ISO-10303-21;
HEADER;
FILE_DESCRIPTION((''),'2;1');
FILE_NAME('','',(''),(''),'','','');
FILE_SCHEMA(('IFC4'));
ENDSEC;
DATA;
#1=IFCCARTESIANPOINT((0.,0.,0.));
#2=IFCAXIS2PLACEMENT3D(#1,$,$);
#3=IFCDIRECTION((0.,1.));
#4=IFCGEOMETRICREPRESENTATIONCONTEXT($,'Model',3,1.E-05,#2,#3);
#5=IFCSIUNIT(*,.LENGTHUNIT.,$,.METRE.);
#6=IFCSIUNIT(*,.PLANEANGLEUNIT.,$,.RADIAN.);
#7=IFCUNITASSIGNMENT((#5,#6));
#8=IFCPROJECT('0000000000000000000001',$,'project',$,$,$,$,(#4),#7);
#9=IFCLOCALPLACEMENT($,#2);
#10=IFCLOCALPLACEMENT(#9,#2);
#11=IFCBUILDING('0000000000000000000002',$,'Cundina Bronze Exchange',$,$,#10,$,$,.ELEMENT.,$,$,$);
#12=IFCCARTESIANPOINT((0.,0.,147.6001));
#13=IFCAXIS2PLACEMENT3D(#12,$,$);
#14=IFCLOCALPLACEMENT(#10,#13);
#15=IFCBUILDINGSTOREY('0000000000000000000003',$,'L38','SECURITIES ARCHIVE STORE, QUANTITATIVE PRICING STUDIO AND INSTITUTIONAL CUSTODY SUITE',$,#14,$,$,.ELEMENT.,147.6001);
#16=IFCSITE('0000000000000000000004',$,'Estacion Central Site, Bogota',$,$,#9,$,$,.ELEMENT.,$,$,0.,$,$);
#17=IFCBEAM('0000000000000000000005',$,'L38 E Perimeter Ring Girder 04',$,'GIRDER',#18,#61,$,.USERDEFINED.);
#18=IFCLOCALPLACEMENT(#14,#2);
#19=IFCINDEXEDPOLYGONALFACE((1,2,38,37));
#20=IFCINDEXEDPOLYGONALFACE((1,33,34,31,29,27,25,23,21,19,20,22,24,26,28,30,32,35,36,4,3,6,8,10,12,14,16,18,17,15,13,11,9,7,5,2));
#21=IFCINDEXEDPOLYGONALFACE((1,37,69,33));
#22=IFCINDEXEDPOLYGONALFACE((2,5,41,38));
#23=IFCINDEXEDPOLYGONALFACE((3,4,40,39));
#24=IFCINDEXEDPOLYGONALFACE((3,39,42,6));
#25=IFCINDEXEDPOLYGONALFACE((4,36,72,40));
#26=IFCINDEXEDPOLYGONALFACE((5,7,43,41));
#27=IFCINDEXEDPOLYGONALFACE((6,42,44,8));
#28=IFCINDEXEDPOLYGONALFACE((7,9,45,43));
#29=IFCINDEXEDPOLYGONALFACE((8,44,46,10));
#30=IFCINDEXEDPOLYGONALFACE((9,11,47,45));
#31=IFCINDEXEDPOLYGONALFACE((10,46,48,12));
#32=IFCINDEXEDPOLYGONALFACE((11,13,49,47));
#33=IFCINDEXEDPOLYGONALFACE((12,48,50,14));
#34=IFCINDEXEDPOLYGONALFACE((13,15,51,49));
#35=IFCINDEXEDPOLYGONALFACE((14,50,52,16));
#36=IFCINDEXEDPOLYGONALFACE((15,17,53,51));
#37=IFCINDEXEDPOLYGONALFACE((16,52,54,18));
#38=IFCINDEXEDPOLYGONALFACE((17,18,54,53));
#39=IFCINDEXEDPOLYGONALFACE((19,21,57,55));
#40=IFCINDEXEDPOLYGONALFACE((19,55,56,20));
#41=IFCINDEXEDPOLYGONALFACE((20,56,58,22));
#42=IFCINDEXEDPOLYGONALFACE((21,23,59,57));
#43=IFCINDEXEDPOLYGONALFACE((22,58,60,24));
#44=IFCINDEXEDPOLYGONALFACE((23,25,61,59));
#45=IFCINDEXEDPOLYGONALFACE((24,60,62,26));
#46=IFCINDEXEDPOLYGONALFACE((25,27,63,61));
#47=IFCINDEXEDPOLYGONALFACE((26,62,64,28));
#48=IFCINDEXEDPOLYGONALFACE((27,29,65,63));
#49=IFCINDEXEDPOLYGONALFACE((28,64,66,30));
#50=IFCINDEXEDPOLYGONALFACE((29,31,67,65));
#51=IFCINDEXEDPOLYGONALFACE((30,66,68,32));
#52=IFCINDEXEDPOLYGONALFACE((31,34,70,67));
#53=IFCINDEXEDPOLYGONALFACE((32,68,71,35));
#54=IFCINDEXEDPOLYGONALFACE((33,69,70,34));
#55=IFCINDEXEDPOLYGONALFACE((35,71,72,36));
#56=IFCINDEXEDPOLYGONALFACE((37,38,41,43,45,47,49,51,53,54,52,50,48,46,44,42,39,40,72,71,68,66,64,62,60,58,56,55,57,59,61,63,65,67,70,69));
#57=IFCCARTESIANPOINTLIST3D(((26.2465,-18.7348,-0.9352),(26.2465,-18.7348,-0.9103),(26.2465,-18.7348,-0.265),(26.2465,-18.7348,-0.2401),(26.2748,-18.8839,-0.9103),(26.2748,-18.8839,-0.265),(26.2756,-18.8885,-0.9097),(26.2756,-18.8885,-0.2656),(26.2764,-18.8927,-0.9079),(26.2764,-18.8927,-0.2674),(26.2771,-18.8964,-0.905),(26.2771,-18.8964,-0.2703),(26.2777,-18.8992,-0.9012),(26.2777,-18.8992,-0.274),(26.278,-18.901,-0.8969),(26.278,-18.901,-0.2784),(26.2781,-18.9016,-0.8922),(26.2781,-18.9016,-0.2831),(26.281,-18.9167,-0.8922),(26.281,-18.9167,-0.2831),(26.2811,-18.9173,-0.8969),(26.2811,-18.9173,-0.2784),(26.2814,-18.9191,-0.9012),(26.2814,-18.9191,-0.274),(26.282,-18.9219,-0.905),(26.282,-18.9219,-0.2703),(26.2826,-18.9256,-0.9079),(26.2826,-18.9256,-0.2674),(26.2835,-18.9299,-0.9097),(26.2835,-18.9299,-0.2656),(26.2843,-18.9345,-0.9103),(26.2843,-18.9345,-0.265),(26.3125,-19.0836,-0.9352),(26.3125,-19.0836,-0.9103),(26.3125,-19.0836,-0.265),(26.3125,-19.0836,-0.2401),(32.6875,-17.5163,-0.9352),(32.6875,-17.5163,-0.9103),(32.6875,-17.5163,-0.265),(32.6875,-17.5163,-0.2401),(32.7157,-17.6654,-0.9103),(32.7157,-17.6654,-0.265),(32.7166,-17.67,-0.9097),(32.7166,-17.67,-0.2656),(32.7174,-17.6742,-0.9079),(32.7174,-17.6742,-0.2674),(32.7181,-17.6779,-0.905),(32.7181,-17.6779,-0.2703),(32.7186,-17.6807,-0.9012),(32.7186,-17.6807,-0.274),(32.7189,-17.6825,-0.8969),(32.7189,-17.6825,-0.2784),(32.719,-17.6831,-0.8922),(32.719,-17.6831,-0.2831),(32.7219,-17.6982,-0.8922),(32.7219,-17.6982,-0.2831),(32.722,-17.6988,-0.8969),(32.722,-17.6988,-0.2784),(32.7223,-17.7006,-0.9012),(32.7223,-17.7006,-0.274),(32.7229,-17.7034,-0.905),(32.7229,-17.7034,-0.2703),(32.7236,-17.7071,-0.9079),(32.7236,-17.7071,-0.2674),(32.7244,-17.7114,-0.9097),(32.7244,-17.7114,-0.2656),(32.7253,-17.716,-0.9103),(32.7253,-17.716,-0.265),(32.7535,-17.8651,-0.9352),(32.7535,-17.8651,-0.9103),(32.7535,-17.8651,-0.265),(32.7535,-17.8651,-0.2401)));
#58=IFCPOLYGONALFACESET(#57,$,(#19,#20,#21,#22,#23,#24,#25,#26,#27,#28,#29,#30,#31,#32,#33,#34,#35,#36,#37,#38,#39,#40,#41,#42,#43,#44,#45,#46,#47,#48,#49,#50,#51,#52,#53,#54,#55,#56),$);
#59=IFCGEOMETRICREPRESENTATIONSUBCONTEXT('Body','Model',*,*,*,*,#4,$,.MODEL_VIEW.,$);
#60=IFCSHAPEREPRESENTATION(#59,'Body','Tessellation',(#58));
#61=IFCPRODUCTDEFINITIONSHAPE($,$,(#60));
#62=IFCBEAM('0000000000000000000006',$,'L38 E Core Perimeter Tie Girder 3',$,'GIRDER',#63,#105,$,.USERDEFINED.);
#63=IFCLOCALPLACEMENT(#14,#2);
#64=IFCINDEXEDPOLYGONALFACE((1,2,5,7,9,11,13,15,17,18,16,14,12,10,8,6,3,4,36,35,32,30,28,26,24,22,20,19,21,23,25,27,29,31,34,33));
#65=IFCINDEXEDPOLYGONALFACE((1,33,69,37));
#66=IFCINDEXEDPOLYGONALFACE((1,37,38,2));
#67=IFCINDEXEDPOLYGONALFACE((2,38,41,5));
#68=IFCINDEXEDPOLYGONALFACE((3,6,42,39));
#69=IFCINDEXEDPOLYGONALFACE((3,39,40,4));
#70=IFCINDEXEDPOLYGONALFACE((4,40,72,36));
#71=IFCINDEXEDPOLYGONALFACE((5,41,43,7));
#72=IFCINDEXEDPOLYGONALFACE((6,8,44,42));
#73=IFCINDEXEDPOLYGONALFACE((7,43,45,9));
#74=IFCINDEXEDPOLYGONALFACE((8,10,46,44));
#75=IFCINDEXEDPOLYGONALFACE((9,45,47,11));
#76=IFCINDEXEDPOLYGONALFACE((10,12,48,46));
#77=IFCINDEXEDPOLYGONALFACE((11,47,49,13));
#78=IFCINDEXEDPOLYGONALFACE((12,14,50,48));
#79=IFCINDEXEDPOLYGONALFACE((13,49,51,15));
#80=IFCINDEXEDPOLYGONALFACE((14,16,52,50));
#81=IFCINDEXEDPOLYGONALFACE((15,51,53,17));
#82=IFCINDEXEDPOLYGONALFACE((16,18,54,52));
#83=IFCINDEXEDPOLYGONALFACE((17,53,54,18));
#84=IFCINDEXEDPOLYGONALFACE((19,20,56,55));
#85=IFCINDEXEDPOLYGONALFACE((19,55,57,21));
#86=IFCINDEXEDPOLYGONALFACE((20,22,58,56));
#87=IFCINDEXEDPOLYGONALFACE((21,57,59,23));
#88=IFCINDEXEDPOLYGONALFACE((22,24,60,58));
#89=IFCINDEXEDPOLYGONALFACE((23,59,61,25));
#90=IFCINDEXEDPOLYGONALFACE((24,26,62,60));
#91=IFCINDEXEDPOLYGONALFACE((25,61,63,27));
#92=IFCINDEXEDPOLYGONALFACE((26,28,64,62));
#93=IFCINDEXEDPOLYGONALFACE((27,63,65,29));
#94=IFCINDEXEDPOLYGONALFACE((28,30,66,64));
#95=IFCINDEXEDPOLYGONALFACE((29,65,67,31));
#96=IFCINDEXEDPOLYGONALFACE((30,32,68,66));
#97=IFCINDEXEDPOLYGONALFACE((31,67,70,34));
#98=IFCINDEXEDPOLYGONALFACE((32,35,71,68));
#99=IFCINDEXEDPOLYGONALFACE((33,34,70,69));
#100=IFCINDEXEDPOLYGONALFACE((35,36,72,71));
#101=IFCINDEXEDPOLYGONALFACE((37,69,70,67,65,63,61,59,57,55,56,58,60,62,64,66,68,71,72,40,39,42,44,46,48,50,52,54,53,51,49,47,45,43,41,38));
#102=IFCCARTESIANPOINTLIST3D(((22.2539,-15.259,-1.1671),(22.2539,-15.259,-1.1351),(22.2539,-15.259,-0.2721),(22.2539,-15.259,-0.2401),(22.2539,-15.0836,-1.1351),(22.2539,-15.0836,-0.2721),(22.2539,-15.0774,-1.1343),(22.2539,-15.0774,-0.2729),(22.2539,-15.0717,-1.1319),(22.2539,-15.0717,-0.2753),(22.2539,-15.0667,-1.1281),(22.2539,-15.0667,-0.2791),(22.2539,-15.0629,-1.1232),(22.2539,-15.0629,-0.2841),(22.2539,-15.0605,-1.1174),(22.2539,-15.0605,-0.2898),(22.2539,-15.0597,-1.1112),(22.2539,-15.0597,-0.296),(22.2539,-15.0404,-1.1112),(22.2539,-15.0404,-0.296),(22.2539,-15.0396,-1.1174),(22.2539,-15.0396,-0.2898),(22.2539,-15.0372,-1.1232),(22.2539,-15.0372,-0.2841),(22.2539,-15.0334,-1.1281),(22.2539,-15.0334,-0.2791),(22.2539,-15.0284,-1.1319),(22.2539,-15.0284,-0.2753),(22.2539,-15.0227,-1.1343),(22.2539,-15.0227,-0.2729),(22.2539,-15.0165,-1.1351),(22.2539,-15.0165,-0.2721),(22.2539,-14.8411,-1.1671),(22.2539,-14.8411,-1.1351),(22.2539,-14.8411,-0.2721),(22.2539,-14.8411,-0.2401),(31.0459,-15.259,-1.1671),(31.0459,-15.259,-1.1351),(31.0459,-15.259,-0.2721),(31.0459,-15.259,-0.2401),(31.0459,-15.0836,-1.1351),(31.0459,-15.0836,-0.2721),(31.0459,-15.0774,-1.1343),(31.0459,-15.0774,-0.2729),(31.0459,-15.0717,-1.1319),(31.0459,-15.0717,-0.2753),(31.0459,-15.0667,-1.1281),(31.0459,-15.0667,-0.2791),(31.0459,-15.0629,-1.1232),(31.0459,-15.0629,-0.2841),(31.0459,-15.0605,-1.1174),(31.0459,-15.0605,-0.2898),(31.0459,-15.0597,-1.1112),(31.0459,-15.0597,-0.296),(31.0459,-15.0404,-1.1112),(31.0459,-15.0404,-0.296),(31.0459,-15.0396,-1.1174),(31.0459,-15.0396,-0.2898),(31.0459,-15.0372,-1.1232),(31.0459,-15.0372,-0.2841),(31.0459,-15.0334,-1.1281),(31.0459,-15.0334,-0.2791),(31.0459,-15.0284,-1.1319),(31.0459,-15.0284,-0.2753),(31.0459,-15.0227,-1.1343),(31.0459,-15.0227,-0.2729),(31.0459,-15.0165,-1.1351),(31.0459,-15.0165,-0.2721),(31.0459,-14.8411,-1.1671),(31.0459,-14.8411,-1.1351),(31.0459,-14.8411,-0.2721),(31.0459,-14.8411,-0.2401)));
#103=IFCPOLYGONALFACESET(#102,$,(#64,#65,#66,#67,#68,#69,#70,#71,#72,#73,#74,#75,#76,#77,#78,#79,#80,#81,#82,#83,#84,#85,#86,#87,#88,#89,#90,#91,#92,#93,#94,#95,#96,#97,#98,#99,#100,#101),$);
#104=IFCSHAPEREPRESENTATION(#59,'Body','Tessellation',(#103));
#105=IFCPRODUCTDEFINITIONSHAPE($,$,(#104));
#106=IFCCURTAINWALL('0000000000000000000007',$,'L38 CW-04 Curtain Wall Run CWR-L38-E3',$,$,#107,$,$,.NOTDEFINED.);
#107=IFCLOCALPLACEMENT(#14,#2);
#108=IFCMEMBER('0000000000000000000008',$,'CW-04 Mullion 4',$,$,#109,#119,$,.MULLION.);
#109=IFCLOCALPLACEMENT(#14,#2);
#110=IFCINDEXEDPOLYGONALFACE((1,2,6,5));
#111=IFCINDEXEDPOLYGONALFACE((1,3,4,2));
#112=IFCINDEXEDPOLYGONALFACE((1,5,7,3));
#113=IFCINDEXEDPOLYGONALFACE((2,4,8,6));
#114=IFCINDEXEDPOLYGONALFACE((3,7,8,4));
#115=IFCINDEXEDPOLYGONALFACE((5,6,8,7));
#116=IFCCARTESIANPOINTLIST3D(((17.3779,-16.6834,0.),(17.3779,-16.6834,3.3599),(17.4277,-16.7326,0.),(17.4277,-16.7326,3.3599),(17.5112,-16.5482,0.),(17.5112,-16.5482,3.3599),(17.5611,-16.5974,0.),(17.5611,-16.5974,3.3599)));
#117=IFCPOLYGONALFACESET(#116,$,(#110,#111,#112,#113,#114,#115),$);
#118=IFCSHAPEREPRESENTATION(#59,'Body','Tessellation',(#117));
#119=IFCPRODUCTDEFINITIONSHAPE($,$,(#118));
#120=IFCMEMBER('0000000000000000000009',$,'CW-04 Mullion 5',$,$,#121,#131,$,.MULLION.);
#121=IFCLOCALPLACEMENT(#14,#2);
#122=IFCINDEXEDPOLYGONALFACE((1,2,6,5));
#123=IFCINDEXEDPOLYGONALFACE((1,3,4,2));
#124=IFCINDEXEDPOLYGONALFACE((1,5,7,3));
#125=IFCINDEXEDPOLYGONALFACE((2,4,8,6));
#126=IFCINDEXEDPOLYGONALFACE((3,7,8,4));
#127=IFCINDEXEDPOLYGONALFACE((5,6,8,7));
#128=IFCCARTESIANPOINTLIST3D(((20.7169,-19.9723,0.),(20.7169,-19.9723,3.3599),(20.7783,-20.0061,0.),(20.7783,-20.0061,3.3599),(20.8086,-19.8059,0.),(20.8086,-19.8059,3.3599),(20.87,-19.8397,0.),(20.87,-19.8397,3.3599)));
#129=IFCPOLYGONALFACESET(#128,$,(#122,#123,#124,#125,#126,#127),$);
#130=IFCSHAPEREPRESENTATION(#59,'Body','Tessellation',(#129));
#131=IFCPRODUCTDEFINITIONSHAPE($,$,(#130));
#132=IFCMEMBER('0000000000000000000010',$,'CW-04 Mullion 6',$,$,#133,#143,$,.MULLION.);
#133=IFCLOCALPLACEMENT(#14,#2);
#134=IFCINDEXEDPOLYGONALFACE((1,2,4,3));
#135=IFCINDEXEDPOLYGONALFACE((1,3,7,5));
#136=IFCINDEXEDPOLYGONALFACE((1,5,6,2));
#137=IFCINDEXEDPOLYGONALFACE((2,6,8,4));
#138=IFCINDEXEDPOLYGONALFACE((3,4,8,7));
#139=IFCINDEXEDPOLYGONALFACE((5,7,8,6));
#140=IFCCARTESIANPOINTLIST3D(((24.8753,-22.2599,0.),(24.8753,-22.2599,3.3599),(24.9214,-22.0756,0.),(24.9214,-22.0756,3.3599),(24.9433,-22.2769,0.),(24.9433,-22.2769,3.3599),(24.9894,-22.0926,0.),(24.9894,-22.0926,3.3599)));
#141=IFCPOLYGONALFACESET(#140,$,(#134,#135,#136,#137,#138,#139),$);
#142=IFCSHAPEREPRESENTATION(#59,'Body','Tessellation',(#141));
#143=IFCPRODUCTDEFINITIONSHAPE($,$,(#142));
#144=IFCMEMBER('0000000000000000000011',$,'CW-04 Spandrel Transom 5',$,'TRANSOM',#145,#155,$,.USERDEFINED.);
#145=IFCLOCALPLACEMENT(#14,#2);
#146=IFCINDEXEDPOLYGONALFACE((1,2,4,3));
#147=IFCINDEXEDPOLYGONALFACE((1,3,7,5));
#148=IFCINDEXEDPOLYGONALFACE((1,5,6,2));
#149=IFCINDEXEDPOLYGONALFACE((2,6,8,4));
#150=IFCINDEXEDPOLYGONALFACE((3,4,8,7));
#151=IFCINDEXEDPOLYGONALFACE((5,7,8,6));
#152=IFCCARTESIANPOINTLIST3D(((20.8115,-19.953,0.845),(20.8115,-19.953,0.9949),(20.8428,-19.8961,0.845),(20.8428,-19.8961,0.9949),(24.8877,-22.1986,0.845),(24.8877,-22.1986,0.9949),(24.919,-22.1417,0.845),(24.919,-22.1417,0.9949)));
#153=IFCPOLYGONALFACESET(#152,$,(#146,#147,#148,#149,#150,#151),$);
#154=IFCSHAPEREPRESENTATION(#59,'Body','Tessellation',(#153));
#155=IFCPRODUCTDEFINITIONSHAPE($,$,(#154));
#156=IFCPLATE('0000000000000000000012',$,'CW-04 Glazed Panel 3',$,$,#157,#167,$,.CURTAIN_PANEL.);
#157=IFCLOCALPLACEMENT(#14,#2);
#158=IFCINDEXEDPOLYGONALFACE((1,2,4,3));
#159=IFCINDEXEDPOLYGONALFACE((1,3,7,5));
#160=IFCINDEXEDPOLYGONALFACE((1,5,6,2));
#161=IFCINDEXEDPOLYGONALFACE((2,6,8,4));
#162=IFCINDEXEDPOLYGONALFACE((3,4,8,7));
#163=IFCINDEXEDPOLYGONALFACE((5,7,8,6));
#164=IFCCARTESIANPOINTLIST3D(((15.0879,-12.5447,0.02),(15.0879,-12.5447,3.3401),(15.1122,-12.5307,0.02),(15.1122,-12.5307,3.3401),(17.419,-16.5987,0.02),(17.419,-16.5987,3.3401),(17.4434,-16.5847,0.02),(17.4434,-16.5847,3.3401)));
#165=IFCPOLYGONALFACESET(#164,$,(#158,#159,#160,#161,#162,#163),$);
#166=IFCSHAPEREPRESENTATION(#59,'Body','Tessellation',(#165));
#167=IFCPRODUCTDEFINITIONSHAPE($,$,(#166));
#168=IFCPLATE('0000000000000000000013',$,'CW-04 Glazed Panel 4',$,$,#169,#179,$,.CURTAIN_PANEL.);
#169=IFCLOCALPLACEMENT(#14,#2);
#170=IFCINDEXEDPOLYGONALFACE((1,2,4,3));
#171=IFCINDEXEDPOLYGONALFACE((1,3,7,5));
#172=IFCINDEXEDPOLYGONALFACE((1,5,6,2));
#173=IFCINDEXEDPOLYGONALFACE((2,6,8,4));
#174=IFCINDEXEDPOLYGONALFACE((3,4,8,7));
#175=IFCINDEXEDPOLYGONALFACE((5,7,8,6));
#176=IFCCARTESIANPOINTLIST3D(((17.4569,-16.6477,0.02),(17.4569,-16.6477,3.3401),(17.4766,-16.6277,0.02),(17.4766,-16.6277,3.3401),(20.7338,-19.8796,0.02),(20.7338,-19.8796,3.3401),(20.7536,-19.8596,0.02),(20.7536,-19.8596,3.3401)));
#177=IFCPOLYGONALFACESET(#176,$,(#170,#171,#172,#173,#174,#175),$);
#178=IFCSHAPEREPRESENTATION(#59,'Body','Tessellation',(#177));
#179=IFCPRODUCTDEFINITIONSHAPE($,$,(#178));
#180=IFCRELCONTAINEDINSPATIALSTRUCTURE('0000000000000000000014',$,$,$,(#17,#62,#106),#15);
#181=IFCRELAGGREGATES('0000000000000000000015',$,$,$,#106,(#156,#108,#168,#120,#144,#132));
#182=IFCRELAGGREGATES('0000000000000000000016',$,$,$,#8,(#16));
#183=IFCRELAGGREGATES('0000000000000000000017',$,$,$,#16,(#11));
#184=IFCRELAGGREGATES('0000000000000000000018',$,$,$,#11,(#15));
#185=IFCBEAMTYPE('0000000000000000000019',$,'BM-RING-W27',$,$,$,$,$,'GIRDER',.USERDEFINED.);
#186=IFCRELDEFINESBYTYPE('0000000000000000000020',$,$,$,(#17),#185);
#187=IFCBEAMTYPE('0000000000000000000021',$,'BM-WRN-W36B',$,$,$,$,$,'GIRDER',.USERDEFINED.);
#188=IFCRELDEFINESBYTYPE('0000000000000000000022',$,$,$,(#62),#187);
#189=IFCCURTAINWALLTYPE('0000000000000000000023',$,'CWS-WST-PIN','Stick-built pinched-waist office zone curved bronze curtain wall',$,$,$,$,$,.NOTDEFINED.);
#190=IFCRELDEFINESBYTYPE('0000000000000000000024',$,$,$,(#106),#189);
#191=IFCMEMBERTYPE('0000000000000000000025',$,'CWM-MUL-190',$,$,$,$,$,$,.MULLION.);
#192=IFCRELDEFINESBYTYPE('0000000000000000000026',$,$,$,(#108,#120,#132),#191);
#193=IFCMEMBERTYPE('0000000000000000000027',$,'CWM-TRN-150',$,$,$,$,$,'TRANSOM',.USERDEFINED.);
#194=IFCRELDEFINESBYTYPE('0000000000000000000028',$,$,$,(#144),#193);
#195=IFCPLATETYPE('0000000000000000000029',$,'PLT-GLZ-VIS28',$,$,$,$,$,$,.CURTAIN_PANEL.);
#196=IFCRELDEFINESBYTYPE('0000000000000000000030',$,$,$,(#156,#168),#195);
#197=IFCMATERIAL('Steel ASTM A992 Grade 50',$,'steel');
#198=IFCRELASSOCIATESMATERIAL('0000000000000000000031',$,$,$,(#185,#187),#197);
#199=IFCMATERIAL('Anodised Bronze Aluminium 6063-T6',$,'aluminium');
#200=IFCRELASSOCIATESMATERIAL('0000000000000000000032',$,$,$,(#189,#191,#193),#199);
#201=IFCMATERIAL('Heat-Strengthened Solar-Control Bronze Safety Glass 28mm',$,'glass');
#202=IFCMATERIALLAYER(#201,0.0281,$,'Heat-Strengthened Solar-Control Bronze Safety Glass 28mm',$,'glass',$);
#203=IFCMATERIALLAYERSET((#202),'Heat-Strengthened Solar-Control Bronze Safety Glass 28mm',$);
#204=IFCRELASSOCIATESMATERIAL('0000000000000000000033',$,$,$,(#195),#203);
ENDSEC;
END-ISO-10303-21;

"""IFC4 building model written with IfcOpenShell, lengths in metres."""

from ifc_helpers import new_model, si_unit, direction, frame, origin, origin_2d, place, context, subcontext, project, spatial, rectangle, i_section, extrude, material, layer, layer_set, material_profile, profile_set, type_object, element, aggregate, save


model = new_model("IFC4")

# Units and contexts
model_context = context("Model", 3, precision=1e-05, world=origin(), true_north=direction((0.0, 1.0)))
body_context = subcontext(model_context, "Body", "Model", "MODEL_VIEW")
ifc_project = project(units=[si_unit("LENGTHUNIT", "METRE"), si_unit("PLANEANGLEUNIT", "RADIAN")], contexts=[model_context])

# Site, building, storey
site_placement = place(None, origin())
site = spatial("IfcSite", under=ifc_project, at=site_placement, Name="Estacion Central Site, Bogota", CompositionType="ELEMENT", RefElevation=0.0)
building_placement = place(site_placement, origin())
building = spatial("IfcBuilding", under=site, at=building_placement, Name="Cundina Bronze Exchange", CompositionType="ELEMENT")
storey_placement = place(building_placement, frame((0.0, 0.0, 147.6001)))
storey = spatial("IfcBuildingStorey", under=building, at=storey_placement, Name="L38", Description="SECURITIES ARCHIVE STORE, QUANTITATIVE PRICING STUDIO AND INSTITUTIONAL CUSTODY SUITE", CompositionType="ELEMENT", Elevation=147.6001)

# Shared definitions
ifc_material_1 = material(Name="Steel ASTM A992 Grade 50", Category="steel")

# Beams
ifc_material_profile_1 = material_profile(ifc_material_1, i_section(OverallWidth=0.355, OverallDepth=0.6951, WebThickness=0.0154, FlangeThickness=0.0249, FilletRadius=0.0181, at=origin_2d()), Name="W27X146", Category="steel")
ifc_profile_set_1 = profile_set([ifc_material_profile_1], Name="Steel ASTM A992 Grade 50")
beam_type_1 = type_object("IfcBeamType", Name="BM-RING-W27", ElementType="GIRDER", PredefinedType="USERDEFINED", material=ifc_profile_set_1)
beam_1_placement = place(storey_placement, frame((26.2795, -18.9092, -0.5876), z_axis=(0.982572, 0.185885, 0.0), x_axis=(-0.185885, 0.982572, 0.0)))
element("IfcBeam", 1, at=beam_1_placement, inside=storey, type_object=beam_type_1, Name="L38 E Perimeter Ring Girder 04", ObjectType="GIRDER", PredefinedType="USERDEFINED", context=body_context, shape_type="SweptSolid", body=[
    extrude(i_section(OverallWidth=0.355, OverallDepth=0.6951, WebThickness=0.0154, FlangeThickness=0.0249, FilletRadius=0.0181, at=origin_2d()), origin(), (0.0, 0.0, 1.0), 6.5552),
])
ifc_material_profile_2 = material_profile(ifc_material_1, i_section(OverallWidth=0.418, OverallDepth=0.927, WebThickness=0.0193, FlangeThickness=0.032, FilletRadius=0.0239, at=origin_2d()), Name="W36X231", Category="steel")
ifc_profile_set_2 = profile_set([ifc_material_profile_2], Name="Steel ASTM A992 Grade 50")
beam_type_2 = type_object("IfcBeamType", Name="BM-WRN-W36B", ElementType="GIRDER", PredefinedType="USERDEFINED", material=ifc_profile_set_2)
beam_2_placement = place(storey_placement, frame((22.2539, -15.05, -0.7036), z_axis=(1.0, 0.0, 0.0), x_axis=(0.0, 1.0, 0.0)))
element("IfcBeam", 2, at=beam_2_placement, inside=storey, type_object=beam_type_2, Name="L38 E Core Perimeter Tie Girder 3", ObjectType="GIRDER", PredefinedType="USERDEFINED", context=body_context, shape_type="SweptSolid", body=[
    extrude(i_section(OverallWidth=0.418, OverallDepth=0.927, WebThickness=0.0193, FlangeThickness=0.032, FilletRadius=0.0239, at=origin_2d()), origin(), (0.0, 0.0, 1.0), 8.792),
])

# Curtain wall, members, plates
ifc_material_2 = material(Name="Anodised Bronze Aluminium 6063-T6", Category="aluminium")
curtain_wall_type = type_object("IfcCurtainWallType", Name="CWS-WST-PIN", Description="Stick-built pinched-waist office zone curved bronze curtain wall", PredefinedType="NOTDEFINED", material=ifc_material_2)
curtain_wall_placement = place(storey_placement, origin())
curtain_wall = element("IfcCurtainWall", 3, at=curtain_wall_placement, inside=storey, type_object=curtain_wall_type, Name="L38 CW-04 Curtain Wall Run CWR-L38-E3", PredefinedType="NOTDEFINED")
ifc_material_profile_3 = material_profile(ifc_material_2, rectangle(XDim=0.0701, YDim=0.1899, at=origin_2d()), Name="AL70X190", Category="aluminium")
ifc_profile_set_3 = profile_set([ifc_material_profile_3], Name="Anodised Bronze Aluminium 6063-T6")
member_type_1 = type_object("IfcMemberType", Name="CWM-MUL-190", PredefinedType="MULLION", material=ifc_profile_set_3)
member_1_placement = place(storey_placement, frame((17.4695, -16.6404, 0.0), z_axis=(0.0, 0.0, 1.0), x_axis=(0.712026, -0.702153, 0.0)))
member_1 = element("IfcMember", 4, at=member_1_placement, type_object=member_type_1, Name="CW-04 Mullion 4", PredefinedType="MULLION", context=body_context, shape_type="SweptSolid", body=[
    extrude(rectangle(XDim=0.0701, YDim=0.1899, at=origin_2d()), origin(), (0.0, 0.0, 1.0), 3.3599),
])
member_2_placement = place(storey_placement, frame((20.7935, -19.906, 0.0), z_axis=(0.0, 0.0, 1.0), x_axis=(0.875886, -0.482518, 0.0)))
member_2 = element("IfcMember", 5, at=member_2_placement, type_object=member_type_1, Name="CW-04 Mullion 5", PredefinedType="MULLION", context=body_context, shape_type="SweptSolid", body=[
    extrude(rectangle(XDim=0.0701, YDim=0.1899, at=origin_2d()), origin(), (0.0, 0.0, 1.0), 3.3599),
])
member_3_placement = place(storey_placement, frame((24.9324, -22.1763, 0.0), z_axis=(0.0, 0.0, 1.0), x_axis=(0.970084, -0.242769, 0.0)))
member_3 = element("IfcMember", 6, at=member_3_placement, type_object=member_type_1, Name="CW-04 Mullion 6", PredefinedType="MULLION", context=body_context, shape_type="SweptSolid", body=[
    extrude(rectangle(XDim=0.0701, YDim=0.1899, at=origin_2d()), origin(), (0.0, 0.0, 1.0), 3.3599),
])
ifc_material_profile_4 = material_profile(ifc_material_2, rectangle(XDim=0.0649, YDim=0.1499, at=origin_2d()), Name="AL65X150", Category="aluminium")
ifc_profile_set_4 = profile_set([ifc_material_profile_4], Name="Anodised Bronze Aluminium 6063-T6")
member_type_2 = type_object("IfcMemberType", Name="CWM-TRN-150", ElementType="TRANSOM", PredefinedType="USERDEFINED", material=ifc_profile_set_4)
member_4_placement = place(storey_placement, frame((20.8271, -19.9246, 0.9199), z_axis=(0.875879, -0.482531, 0.0), x_axis=(0.482531, 0.875879, 0.0)))
member_4 = element("IfcMember", 7, at=member_4_placement, type_object=member_type_2, Name="CW-04 Spandrel Transom 5", ObjectType="TRANSOM", PredefinedType="USERDEFINED", context=body_context, shape_type="SweptSolid", body=[
    extrude(rectangle(XDim=0.0649, YDim=0.1499, at=origin_2d()), origin(), (0.0, 0.0, 1.0), 4.6538),
])
ifc_material_3 = material(Name="Heat-Strengthened Solar-Control Bronze Safety Glass 28mm", Category="glass")
ifc_layer_1 = layer(ifc_material_3, 0.0281, Name="Heat-Strengthened Solar-Control Bronze Safety Glass 28mm", Category="glass")
ifc_layer_set_1 = layer_set([ifc_layer_1], Name="Heat-Strengthened Solar-Control Bronze Safety Glass 28mm")
plate_type_1 = type_object("IfcPlateType", Name="PLT-GLZ-VIS28", PredefinedType="CURTAIN_PANEL", material=ifc_layer_set_1)
plate_1_placement = place(storey_placement, frame((16.2656, -14.5647, 0.02), z_axis=(0.0, 0.0, 1.0), x_axis=(0.498488, -0.866897, 0.0)))
plate_1 = element("IfcPlate", 8, at=plate_1_placement, type_object=plate_type_1, Name="CW-04 Glazed Panel 3", PredefinedType="CURTAIN_PANEL", context=body_context, shape_type="SweptSolid", body=[
    extrude(rectangle(XDim=4.6765, YDim=0.0281, at=origin_2d()), origin(), (0.0, 0.0, 1.0), 3.3201),
])
plate_2_placement = place(storey_placement, frame((19.1052, -18.2537, 0.02), z_axis=(0.0, 0.0, 1.0), x_axis=(0.711989, -0.70219, 0.0)))
plate_2 = element("IfcPlate", 9, at=plate_2_placement, type_object=plate_type_1, Name="CW-04 Glazed Panel 4", PredefinedType="CURTAIN_PANEL", context=body_context, shape_type="SweptSolid", body=[
    extrude(rectangle(XDim=4.6025, YDim=0.0281, at=origin_2d()), origin(), (0.0, 0.0, 1.0), 3.3201),
])
aggregate(curtain_wall, [plate_1, member_1, plate_2, member_2, member_4, member_3])

save(model, "model.ifc")
